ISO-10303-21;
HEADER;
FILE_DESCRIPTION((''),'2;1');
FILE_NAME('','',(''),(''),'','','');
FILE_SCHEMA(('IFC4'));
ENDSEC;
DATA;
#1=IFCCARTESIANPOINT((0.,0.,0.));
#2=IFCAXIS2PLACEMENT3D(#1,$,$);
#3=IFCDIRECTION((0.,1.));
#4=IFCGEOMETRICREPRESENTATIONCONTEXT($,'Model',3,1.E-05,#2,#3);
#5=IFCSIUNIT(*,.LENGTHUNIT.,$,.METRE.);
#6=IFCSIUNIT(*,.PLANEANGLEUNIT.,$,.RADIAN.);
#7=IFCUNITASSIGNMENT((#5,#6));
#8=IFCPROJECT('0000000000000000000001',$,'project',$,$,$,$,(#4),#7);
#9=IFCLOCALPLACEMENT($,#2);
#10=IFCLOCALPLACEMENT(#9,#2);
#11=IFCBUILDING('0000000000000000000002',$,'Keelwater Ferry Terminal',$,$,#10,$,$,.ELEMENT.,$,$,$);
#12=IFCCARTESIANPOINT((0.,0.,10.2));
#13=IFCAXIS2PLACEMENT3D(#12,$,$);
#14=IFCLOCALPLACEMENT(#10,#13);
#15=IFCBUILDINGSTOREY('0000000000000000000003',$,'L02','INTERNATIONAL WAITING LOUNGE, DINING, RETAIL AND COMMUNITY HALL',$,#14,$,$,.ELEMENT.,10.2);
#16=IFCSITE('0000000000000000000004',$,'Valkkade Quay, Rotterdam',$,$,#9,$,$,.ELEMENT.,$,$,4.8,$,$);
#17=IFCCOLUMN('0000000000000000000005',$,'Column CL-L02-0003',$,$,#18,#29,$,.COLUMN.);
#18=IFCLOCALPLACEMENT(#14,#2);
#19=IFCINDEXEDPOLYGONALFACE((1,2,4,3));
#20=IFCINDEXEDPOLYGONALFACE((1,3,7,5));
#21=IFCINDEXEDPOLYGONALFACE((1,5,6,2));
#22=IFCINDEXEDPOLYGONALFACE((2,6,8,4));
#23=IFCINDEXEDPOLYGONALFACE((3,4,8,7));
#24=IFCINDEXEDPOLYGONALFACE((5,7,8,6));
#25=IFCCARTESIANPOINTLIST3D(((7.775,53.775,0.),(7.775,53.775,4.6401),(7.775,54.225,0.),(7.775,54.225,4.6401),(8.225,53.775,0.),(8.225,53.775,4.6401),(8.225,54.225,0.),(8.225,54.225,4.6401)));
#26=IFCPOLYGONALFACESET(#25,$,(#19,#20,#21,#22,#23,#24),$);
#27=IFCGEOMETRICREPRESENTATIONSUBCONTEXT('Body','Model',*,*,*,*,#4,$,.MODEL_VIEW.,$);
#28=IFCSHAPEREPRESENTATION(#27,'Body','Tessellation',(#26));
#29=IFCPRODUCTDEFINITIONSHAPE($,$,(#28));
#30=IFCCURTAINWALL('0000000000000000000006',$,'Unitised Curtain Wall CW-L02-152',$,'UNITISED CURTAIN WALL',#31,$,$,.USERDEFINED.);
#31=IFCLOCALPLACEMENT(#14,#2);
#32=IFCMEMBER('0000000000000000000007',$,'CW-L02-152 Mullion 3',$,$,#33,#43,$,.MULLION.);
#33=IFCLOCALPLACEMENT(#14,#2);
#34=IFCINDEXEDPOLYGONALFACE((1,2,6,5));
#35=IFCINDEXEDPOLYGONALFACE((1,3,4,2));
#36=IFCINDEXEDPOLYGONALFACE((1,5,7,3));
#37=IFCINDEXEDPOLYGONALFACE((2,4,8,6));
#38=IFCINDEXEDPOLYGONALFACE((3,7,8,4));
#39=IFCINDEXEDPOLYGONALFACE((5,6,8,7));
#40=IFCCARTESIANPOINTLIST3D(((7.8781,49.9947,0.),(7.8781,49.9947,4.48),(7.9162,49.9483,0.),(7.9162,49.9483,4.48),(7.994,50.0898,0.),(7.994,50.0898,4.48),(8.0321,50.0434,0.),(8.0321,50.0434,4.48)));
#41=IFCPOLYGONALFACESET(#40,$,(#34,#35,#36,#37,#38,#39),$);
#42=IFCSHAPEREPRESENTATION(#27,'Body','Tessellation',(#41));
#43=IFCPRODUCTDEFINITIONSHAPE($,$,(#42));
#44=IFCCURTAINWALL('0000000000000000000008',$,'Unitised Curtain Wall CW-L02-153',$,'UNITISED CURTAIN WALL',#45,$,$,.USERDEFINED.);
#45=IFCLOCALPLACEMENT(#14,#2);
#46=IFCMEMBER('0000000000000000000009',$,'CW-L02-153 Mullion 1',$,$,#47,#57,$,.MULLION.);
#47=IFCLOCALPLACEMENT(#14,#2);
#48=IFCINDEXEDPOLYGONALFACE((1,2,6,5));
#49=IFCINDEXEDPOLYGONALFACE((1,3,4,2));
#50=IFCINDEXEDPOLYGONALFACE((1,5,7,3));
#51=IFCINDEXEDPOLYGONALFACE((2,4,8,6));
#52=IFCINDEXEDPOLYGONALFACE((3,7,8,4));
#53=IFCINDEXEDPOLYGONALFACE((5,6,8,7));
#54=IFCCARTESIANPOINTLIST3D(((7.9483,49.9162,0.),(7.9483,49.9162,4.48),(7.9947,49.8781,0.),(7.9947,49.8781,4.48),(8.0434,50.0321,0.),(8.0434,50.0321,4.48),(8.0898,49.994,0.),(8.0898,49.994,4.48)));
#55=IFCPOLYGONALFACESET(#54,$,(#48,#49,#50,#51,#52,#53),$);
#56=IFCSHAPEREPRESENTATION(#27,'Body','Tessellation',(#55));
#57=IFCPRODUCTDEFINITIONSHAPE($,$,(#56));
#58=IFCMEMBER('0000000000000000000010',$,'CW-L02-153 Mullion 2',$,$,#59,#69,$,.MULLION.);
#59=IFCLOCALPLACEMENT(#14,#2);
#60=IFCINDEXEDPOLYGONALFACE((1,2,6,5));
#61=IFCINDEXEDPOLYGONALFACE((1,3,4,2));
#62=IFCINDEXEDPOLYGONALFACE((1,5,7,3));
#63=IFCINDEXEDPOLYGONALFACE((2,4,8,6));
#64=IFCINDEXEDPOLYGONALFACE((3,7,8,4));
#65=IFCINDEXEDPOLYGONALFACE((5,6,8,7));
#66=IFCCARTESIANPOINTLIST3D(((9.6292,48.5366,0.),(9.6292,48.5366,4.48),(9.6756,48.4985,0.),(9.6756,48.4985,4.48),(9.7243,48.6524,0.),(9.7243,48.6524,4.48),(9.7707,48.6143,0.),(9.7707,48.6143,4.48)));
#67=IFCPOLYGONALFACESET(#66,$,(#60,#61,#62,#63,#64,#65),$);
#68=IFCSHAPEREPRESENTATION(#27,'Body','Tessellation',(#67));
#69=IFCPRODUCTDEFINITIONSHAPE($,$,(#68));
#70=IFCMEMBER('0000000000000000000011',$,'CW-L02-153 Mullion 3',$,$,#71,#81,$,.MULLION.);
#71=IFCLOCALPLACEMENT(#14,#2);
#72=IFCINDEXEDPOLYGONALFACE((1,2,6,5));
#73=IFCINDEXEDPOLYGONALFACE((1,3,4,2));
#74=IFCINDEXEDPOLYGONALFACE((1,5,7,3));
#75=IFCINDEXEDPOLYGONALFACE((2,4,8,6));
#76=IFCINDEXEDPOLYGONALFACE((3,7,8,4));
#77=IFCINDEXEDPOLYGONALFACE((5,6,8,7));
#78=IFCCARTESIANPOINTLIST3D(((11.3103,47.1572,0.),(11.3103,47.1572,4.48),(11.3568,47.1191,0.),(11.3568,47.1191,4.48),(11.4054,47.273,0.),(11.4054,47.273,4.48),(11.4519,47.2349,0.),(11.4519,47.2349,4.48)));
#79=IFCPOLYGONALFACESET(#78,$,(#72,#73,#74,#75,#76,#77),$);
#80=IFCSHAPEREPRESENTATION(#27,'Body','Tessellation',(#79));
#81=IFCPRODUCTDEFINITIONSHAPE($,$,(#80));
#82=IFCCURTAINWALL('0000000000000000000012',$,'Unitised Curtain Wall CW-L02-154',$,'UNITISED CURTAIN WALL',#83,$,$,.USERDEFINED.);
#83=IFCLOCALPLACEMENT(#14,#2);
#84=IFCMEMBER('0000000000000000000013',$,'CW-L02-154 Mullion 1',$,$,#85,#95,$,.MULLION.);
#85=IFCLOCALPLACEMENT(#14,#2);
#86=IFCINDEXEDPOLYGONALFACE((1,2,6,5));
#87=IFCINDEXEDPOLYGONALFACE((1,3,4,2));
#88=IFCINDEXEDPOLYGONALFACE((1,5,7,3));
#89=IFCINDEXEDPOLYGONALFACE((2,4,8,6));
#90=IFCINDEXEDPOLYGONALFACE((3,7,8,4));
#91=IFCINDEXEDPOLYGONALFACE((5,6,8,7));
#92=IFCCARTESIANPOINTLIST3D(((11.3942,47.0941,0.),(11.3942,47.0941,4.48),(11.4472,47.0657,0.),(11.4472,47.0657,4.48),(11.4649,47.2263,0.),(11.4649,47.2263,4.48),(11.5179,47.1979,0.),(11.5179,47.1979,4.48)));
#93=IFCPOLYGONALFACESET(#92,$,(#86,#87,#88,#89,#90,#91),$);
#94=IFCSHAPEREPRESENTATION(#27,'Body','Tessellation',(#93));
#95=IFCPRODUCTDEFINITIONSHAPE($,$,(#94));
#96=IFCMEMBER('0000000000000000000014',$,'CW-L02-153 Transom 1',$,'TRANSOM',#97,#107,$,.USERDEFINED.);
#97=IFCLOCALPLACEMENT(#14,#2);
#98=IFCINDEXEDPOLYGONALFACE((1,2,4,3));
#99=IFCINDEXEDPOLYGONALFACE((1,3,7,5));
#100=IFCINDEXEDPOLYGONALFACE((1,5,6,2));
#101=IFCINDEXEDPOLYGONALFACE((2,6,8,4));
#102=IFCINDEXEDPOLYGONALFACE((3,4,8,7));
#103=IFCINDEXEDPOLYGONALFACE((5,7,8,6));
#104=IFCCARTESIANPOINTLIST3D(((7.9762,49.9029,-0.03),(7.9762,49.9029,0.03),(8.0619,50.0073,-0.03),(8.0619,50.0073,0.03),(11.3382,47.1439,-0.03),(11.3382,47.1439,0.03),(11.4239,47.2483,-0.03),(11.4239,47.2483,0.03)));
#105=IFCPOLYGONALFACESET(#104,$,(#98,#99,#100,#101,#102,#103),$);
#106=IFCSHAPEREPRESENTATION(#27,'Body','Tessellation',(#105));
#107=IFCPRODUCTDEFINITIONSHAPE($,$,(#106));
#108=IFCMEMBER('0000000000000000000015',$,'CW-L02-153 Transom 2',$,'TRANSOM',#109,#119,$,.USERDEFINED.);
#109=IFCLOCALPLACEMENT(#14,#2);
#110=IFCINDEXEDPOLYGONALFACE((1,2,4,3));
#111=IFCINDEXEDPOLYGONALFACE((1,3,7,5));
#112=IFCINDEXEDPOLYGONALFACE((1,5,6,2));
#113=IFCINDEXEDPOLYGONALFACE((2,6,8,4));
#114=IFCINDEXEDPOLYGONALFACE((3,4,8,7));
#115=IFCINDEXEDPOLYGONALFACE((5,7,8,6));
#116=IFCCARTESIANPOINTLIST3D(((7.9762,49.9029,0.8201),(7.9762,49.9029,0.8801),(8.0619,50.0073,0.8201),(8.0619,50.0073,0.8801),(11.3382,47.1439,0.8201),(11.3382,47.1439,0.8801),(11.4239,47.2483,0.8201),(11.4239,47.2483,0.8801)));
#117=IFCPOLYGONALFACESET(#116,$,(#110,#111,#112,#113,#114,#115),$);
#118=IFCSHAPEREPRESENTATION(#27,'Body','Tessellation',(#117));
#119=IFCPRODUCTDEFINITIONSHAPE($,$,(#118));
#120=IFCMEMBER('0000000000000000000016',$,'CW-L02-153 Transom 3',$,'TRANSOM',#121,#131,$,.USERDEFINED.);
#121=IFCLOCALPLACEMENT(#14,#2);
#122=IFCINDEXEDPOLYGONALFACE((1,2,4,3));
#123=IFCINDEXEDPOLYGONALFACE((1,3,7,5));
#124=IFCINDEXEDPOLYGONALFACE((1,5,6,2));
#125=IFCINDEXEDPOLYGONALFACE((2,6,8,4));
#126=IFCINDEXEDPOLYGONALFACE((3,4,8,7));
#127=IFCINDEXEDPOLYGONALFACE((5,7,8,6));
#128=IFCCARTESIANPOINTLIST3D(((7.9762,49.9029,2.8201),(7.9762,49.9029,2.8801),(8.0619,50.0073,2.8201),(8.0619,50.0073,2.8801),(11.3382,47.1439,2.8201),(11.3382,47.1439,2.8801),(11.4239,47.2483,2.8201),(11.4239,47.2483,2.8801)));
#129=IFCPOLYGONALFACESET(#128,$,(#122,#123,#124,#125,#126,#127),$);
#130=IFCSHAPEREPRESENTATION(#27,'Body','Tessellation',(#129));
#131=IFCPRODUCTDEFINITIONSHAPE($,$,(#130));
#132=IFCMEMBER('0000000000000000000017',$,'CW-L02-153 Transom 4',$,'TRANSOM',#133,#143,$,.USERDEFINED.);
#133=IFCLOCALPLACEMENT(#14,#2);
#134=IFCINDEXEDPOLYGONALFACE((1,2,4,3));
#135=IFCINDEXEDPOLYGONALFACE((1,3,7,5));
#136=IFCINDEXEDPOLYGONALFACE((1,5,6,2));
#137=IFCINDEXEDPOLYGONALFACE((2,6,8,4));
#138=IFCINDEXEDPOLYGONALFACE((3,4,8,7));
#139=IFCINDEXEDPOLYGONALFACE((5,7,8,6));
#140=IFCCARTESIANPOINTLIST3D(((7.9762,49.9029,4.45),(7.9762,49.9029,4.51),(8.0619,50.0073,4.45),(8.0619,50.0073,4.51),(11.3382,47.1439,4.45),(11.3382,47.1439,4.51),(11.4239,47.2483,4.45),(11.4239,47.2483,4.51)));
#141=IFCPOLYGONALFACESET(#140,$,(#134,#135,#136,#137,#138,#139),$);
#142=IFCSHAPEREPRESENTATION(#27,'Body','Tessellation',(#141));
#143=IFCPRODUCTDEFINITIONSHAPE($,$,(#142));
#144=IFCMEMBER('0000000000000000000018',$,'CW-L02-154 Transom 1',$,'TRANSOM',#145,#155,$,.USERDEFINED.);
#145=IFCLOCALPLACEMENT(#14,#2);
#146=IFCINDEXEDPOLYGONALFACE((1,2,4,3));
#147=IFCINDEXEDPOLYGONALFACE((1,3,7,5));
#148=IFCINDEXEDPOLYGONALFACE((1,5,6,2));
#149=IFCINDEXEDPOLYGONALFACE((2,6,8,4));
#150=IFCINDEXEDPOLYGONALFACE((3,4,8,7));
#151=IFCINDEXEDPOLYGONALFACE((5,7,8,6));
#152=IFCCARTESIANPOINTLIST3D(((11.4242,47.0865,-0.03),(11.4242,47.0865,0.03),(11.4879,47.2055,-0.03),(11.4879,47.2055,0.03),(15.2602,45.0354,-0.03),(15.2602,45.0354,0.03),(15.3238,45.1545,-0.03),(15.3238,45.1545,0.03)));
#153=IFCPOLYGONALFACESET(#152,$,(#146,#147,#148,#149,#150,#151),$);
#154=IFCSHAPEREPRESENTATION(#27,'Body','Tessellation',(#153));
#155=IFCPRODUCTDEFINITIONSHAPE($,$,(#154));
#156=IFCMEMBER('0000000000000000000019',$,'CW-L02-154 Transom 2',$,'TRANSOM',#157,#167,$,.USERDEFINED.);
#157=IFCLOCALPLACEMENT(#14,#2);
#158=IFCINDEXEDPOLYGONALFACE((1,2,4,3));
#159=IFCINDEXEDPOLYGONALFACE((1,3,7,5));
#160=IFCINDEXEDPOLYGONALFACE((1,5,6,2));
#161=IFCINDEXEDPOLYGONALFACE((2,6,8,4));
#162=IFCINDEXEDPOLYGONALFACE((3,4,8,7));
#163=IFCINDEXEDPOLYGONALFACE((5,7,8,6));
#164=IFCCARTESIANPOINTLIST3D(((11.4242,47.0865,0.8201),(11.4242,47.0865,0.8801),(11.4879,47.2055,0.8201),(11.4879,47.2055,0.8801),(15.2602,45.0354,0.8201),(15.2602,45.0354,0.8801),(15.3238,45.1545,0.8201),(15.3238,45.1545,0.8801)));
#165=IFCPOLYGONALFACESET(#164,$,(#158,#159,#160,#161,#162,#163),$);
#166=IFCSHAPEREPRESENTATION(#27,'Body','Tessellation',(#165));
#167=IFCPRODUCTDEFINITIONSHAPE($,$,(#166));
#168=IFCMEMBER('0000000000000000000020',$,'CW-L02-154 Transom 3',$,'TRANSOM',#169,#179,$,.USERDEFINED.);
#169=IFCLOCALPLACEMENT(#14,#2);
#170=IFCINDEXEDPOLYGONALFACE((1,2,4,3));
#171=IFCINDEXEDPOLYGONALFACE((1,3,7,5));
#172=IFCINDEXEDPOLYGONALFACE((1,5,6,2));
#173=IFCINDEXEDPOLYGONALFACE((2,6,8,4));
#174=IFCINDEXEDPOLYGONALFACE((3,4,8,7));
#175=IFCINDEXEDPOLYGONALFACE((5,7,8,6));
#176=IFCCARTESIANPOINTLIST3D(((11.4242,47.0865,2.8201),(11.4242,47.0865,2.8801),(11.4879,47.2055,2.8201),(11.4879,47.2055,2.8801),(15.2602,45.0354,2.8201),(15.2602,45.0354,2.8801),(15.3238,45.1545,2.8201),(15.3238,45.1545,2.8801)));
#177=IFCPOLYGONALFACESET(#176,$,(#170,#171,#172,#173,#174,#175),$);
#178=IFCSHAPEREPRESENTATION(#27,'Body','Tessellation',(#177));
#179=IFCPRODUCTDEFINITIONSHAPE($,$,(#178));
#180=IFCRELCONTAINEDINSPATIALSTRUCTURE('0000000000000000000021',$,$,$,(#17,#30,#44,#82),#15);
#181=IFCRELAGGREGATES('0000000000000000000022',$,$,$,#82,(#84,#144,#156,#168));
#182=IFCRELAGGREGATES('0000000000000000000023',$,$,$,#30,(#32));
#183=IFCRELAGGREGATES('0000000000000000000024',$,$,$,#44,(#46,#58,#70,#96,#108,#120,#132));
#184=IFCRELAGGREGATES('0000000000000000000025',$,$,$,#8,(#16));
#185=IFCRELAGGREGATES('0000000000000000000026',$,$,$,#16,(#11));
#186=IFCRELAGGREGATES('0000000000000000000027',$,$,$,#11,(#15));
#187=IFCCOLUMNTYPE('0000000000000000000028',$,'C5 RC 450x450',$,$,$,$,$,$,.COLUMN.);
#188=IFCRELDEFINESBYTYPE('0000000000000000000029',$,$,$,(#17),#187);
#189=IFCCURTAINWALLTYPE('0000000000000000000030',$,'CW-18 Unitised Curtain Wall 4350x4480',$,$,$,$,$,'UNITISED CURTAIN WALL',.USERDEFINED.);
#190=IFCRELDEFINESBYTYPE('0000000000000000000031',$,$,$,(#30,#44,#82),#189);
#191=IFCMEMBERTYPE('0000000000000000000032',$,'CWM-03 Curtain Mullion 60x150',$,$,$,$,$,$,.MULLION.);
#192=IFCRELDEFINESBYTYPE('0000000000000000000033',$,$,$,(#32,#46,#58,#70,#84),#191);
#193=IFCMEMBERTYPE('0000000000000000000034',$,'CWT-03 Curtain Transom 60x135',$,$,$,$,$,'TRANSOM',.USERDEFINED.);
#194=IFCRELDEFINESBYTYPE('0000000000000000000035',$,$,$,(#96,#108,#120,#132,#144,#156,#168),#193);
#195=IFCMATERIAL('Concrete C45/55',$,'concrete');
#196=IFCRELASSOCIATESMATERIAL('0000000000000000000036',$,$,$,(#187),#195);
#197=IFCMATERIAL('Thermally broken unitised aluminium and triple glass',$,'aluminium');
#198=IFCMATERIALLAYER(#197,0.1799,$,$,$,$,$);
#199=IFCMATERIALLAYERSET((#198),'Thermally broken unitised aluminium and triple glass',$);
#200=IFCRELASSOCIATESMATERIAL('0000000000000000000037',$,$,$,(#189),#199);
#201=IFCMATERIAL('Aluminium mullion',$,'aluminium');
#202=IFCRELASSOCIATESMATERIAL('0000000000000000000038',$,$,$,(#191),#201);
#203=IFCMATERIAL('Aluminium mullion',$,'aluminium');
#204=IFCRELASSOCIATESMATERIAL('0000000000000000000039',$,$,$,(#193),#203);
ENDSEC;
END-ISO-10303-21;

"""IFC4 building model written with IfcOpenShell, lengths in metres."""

from ifc_helpers import new_model, si_unit, direction, frame, origin, origin_2d, place, context, subcontext, project, spatial, rectangle, extrude, material, layer, layer_set, material_profile, profile_set, type_object, element, aggregate, save


model = new_model("IFC4")

# Units and contexts
model_context = context("Model", 3, precision=1e-05, world=origin(), true_north=direction((0.0, 1.0)))
body_context = subcontext(model_context, "Body", "Model", "MODEL_VIEW")
ifc_project = project(units=[si_unit("LENGTHUNIT", "METRE"), si_unit("PLANEANGLEUNIT", "RADIAN")], contexts=[model_context])

# Site, building, storey
site_placement = place(None, origin())
site = spatial("IfcSite", under=ifc_project, at=site_placement, Name="Valkkade Quay, Rotterdam", CompositionType="ELEMENT", RefElevation=4.8)
building_placement = place(site_placement, origin())
building = spatial("IfcBuilding", under=site, at=building_placement, Name="Keelwater Ferry Terminal", CompositionType="ELEMENT")
storey_placement = place(building_placement, frame((0.0, 0.0, 10.2)))
storey = spatial("IfcBuildingStorey", under=building, at=storey_placement, Name="L02", Description="INTERNATIONAL WAITING LOUNGE, DINING, RETAIL AND COMMUNITY HALL", CompositionType="ELEMENT", Elevation=10.2)

# Column
ifc_material_1 = material(Name="Concrete C45/55", Category="concrete")
ifc_material_profile_1 = material_profile(ifc_material_1, rectangle(XDim=0.45, YDim=0.45, at=origin_2d()), Name="RC 450x450")
ifc_profile_set_1 = profile_set([ifc_material_profile_1], Name="Concrete C45/55")
column_type = type_object("IfcColumnType", Name="C5 RC 450x450", PredefinedType="COLUMN", material=ifc_profile_set_1)
column_placement = place(storey_placement, frame((8.0, 54.0, 0.0), z_axis=(0.0, 0.0, 1.0), x_axis=(1.0, 0.0, 0.0)))
element("IfcColumn", 1, at=column_placement, inside=storey, type_object=column_type, Name="Column CL-L02-0003", PredefinedType="COLUMN", context=body_context, shape_type="SweptSolid", body=[
    extrude(rectangle(XDim=0.45, YDim=0.45, at=origin_2d()), origin(), (0.0, 0.0, 1.0), 4.6401),
])

# Curtain wall, member
ifc_material_2 = material(Name="Thermally broken unitised aluminium and triple glass", Category="aluminium")
ifc_layer_1 = layer(ifc_material_2, 0.1799)
ifc_layer_set_1 = layer_set([ifc_layer_1], Name="Thermally broken unitised aluminium and triple glass")
curtain_wall_type = type_object("IfcCurtainWallType", Name="CW-18 Unitised Curtain Wall 4350x4480", ElementType="UNITISED CURTAIN WALL", PredefinedType="USERDEFINED", material=ifc_layer_set_1)
curtain_wall_1_placement = place(storey_placement, origin())
curtain_wall_1 = element("IfcCurtainWall", 2, at=curtain_wall_1_placement, inside=storey, type_object=curtain_wall_type, Name="Unitised Curtain Wall CW-L02-152", ObjectType="UNITISED CURTAIN WALL", PredefinedType="USERDEFINED")
ifc_material_3 = material(Name="Aluminium mullion", Category="aluminium")
ifc_material_profile_2 = material_profile(ifc_material_3, rectangle(XDim=0.0601, YDim=0.1499, at=origin_2d()), Name="CWM-03")
ifc_profile_set_2 = profile_set([ifc_material_profile_2], Name="Aluminium mullion")
member_type_1 = type_object("IfcMemberType", Name="CWM-03 Curtain Mullion 60x150", PredefinedType="MULLION", material=ifc_profile_set_2)
member_1_placement = place(storey_placement, frame((7.9551, 50.019, 0.0), z_axis=(0.0, 0.0, 1.0), x_axis=(0.634377, -0.773024, 0.0)))
member_1 = element("IfcMember", 3, at=member_1_placement, type_object=member_type_1, Name="CW-L02-152 Mullion 3", PredefinedType="MULLION", context=body_context, shape_type="SweptSolid", body=[
    extrude(rectangle(XDim=0.0601, YDim=0.1499, at=origin_2d()), origin(), (0.0, 0.0, 1.0), 4.48),
])

# Curtain wall, members
curtain_wall_2_placement = place(storey_placement, origin())
curtain_wall_2 = element("IfcCurtainWall", 4, at=curtain_wall_2_placement, inside=storey, type_object=curtain_wall_type, Name="Unitised Curtain Wall CW-L02-153", ObjectType="UNITISED CURTAIN WALL", PredefinedType="USERDEFINED")
member_2_placement = place(storey_placement, frame((8.019, 49.9551, 0.0), z_axis=(0.0, 0.0, 1.0), x_axis=(0.773024, -0.634377, 0.0)))
member_2 = element("IfcMember", 5, at=member_2_placement, type_object=member_type_1, Name="CW-L02-153 Mullion 1", PredefinedType="MULLION", context=body_context, shape_type="SweptSolid", body=[
    extrude(rectangle(XDim=0.0601, YDim=0.1499, at=origin_2d()), origin(), (0.0, 0.0, 1.0), 4.48),
])
member_3_placement = place(storey_placement, frame((9.7, 48.5754, 0.0), z_axis=(0.0, 0.0, 1.0), x_axis=(0.773024, -0.634377, 0.0)))
member_3 = element("IfcMember", 6, at=member_3_placement, type_object=member_type_1, Name="CW-L02-153 Mullion 2", PredefinedType="MULLION", context=body_context, shape_type="SweptSolid", body=[
    extrude(rectangle(XDim=0.0601, YDim=0.1499, at=origin_2d()), origin(), (0.0, 0.0, 1.0), 4.48),
])
member_4_placement = place(storey_placement, frame((11.3811, 47.196, 0.0), z_axis=(0.0, 0.0, 1.0), x_axis=(0.773024, -0.634377, 0.0)))
member_4 = element("IfcMember", 7, at=member_4_placement, type_object=member_type_1, Name="CW-L02-153 Mullion 3", PredefinedType="MULLION", context=body_context, shape_type="SweptSolid", body=[
    extrude(rectangle(XDim=0.0601, YDim=0.1499, at=origin_2d()), origin(), (0.0, 0.0, 1.0), 4.48),
])

# Curtain wall, member
curtain_wall_3_placement = place(storey_placement, origin())
curtain_wall_3 = element("IfcCurtainWall", 8, at=curtain_wall_3_placement, inside=storey, type_object=curtain_wall_type, Name="Unitised Curtain Wall CW-L02-154", ObjectType="UNITISED CURTAIN WALL", PredefinedType="USERDEFINED")
member_5_placement = place(storey_placement, frame((11.4561, 47.146, 0.0), z_axis=(0.0, 0.0, 1.0), x_axis=(0.881862, -0.471507, 0.0)))
member_5 = element("IfcMember", 9, at=member_5_placement, type_object=member_type_1, Name="CW-L02-154 Mullion 1", PredefinedType="MULLION", context=body_context, shape_type="SweptSolid", body=[
    extrude(rectangle(XDim=0.0601, YDim=0.1499, at=origin_2d()), origin(), (0.0, 0.0, 1.0), 4.48),
])

# Members
ifc_material_4 = material(Name="Aluminium mullion", Category="aluminium")
ifc_material_profile_3 = material_profile(ifc_material_4, rectangle(XDim=0.135, YDim=0.0601, at=origin_2d()), Name="CWT-03")
ifc_profile_set_3 = profile_set([ifc_material_profile_3], Name="Aluminium mullion")
member_type_2 = type_object("IfcMemberType", Name="CWT-03 Curtain Transom 60x135", ElementType="TRANSOM", PredefinedType="USERDEFINED", material=ifc_profile_set_3)
member_6_placement = place(storey_placement, frame((8.019, 49.9551, 0.0), z_axis=(0.773026, -0.634374, 0.0), x_axis=(0.634374, 0.773026, 0.0)))
member_6 = element("IfcMember", 10, at=member_6_placement, type_object=member_type_2, Name="CW-L02-153 Transom 1", ObjectType="TRANSOM", PredefinedType="USERDEFINED", context=body_context, shape_type="SweptSolid", body=[
    extrude(rectangle(XDim=0.135, YDim=0.0601, at=origin_2d()), origin(), (0.0, 0.0, 1.0), 4.3491),
])
member_7_placement = place(storey_placement, frame((8.019, 49.9551, 0.8501), z_axis=(0.773026, -0.634374, 0.0), x_axis=(0.634374, 0.773026, 0.0)))
member_7 = element("IfcMember", 11, at=member_7_placement, type_object=member_type_2, Name="CW-L02-153 Transom 2", ObjectType="TRANSOM", PredefinedType="USERDEFINED", context=body_context, shape_type="SweptSolid", body=[
    extrude(rectangle(XDim=0.135, YDim=0.0601, at=origin_2d()), origin(), (0.0, 0.0, 1.0), 4.3491),
])
member_8_placement = place(storey_placement, frame((8.019, 49.9551, 2.8501), z_axis=(0.773026, -0.634374, 0.0), x_axis=(0.634374, 0.773026, 0.0)))
member_8 = element("IfcMember", 12, at=member_8_placement, type_object=member_type_2, Name="CW-L02-153 Transom 3", ObjectType="TRANSOM", PredefinedType="USERDEFINED", context=body_context, shape_type="SweptSolid", body=[
    extrude(rectangle(XDim=0.135, YDim=0.0601, at=origin_2d()), origin(), (0.0, 0.0, 1.0), 4.3491),
])
member_9_placement = place(storey_placement, frame((8.019, 49.9551, 4.48), z_axis=(0.773026, -0.634374, 0.0), x_axis=(0.634374, 0.773026, 0.0)))
member_9 = element("IfcMember", 13, at=member_9_placement, type_object=member_type_2, Name="CW-L02-153 Transom 4", ObjectType="TRANSOM", PredefinedType="USERDEFINED", context=body_context, shape_type="SweptSolid", body=[
    extrude(rectangle(XDim=0.135, YDim=0.0601, at=origin_2d()), origin(), (0.0, 0.0, 1.0), 4.3491),
])
member_10_placement = place(storey_placement, frame((11.4561, 47.146, 0.0), z_axis=(0.881857, -0.471517, 0.0), x_axis=(0.471517, 0.881857, 0.0)))
member_10 = element("IfcMember", 14, at=member_10_placement, type_object=member_type_2, Name="CW-L02-154 Transom 1", ObjectType="TRANSOM", PredefinedType="USERDEFINED", context=body_context, shape_type="SweptSolid", body=[
    extrude(rectangle(XDim=0.135, YDim=0.0601, at=origin_2d()), origin(), (0.0, 0.0, 1.0), 4.3499),
])
member_11_placement = place(storey_placement, frame((11.4561, 47.146, 0.8501), z_axis=(0.881857, -0.471517, 0.0), x_axis=(0.471517, 0.881857, 0.0)))
member_11 = element("IfcMember", 15, at=member_11_placement, type_object=member_type_2, Name="CW-L02-154 Transom 2", ObjectType="TRANSOM", PredefinedType="USERDEFINED", context=body_context, shape_type="SweptSolid", body=[
    extrude(rectangle(XDim=0.135, YDim=0.0601, at=origin_2d()), origin(), (0.0, 0.0, 1.0), 4.3499),
])
member_12_placement = place(storey_placement, frame((11.4561, 47.146, 2.8501), z_axis=(0.881857, -0.471517, 0.0), x_axis=(0.471517, 0.881857, 0.0)))
member_12 = element("IfcMember", 16, at=member_12_placement, type_object=member_type_2, Name="CW-L02-154 Transom 3", ObjectType="TRANSOM", PredefinedType="USERDEFINED", context=body_context, shape_type="SweptSolid", body=[
    extrude(rectangle(XDim=0.135, YDim=0.0601, at=origin_2d()), origin(), (0.0, 0.0, 1.0), 4.3499),
])
aggregate(curtain_wall_3, [member_5, member_10, member_11, member_12])

aggregate(curtain_wall_1, [member_1])
aggregate(curtain_wall_2, [member_2, member_3, member_4, member_6, member_7, member_8, member_9])

save(model, "model.ifc")
